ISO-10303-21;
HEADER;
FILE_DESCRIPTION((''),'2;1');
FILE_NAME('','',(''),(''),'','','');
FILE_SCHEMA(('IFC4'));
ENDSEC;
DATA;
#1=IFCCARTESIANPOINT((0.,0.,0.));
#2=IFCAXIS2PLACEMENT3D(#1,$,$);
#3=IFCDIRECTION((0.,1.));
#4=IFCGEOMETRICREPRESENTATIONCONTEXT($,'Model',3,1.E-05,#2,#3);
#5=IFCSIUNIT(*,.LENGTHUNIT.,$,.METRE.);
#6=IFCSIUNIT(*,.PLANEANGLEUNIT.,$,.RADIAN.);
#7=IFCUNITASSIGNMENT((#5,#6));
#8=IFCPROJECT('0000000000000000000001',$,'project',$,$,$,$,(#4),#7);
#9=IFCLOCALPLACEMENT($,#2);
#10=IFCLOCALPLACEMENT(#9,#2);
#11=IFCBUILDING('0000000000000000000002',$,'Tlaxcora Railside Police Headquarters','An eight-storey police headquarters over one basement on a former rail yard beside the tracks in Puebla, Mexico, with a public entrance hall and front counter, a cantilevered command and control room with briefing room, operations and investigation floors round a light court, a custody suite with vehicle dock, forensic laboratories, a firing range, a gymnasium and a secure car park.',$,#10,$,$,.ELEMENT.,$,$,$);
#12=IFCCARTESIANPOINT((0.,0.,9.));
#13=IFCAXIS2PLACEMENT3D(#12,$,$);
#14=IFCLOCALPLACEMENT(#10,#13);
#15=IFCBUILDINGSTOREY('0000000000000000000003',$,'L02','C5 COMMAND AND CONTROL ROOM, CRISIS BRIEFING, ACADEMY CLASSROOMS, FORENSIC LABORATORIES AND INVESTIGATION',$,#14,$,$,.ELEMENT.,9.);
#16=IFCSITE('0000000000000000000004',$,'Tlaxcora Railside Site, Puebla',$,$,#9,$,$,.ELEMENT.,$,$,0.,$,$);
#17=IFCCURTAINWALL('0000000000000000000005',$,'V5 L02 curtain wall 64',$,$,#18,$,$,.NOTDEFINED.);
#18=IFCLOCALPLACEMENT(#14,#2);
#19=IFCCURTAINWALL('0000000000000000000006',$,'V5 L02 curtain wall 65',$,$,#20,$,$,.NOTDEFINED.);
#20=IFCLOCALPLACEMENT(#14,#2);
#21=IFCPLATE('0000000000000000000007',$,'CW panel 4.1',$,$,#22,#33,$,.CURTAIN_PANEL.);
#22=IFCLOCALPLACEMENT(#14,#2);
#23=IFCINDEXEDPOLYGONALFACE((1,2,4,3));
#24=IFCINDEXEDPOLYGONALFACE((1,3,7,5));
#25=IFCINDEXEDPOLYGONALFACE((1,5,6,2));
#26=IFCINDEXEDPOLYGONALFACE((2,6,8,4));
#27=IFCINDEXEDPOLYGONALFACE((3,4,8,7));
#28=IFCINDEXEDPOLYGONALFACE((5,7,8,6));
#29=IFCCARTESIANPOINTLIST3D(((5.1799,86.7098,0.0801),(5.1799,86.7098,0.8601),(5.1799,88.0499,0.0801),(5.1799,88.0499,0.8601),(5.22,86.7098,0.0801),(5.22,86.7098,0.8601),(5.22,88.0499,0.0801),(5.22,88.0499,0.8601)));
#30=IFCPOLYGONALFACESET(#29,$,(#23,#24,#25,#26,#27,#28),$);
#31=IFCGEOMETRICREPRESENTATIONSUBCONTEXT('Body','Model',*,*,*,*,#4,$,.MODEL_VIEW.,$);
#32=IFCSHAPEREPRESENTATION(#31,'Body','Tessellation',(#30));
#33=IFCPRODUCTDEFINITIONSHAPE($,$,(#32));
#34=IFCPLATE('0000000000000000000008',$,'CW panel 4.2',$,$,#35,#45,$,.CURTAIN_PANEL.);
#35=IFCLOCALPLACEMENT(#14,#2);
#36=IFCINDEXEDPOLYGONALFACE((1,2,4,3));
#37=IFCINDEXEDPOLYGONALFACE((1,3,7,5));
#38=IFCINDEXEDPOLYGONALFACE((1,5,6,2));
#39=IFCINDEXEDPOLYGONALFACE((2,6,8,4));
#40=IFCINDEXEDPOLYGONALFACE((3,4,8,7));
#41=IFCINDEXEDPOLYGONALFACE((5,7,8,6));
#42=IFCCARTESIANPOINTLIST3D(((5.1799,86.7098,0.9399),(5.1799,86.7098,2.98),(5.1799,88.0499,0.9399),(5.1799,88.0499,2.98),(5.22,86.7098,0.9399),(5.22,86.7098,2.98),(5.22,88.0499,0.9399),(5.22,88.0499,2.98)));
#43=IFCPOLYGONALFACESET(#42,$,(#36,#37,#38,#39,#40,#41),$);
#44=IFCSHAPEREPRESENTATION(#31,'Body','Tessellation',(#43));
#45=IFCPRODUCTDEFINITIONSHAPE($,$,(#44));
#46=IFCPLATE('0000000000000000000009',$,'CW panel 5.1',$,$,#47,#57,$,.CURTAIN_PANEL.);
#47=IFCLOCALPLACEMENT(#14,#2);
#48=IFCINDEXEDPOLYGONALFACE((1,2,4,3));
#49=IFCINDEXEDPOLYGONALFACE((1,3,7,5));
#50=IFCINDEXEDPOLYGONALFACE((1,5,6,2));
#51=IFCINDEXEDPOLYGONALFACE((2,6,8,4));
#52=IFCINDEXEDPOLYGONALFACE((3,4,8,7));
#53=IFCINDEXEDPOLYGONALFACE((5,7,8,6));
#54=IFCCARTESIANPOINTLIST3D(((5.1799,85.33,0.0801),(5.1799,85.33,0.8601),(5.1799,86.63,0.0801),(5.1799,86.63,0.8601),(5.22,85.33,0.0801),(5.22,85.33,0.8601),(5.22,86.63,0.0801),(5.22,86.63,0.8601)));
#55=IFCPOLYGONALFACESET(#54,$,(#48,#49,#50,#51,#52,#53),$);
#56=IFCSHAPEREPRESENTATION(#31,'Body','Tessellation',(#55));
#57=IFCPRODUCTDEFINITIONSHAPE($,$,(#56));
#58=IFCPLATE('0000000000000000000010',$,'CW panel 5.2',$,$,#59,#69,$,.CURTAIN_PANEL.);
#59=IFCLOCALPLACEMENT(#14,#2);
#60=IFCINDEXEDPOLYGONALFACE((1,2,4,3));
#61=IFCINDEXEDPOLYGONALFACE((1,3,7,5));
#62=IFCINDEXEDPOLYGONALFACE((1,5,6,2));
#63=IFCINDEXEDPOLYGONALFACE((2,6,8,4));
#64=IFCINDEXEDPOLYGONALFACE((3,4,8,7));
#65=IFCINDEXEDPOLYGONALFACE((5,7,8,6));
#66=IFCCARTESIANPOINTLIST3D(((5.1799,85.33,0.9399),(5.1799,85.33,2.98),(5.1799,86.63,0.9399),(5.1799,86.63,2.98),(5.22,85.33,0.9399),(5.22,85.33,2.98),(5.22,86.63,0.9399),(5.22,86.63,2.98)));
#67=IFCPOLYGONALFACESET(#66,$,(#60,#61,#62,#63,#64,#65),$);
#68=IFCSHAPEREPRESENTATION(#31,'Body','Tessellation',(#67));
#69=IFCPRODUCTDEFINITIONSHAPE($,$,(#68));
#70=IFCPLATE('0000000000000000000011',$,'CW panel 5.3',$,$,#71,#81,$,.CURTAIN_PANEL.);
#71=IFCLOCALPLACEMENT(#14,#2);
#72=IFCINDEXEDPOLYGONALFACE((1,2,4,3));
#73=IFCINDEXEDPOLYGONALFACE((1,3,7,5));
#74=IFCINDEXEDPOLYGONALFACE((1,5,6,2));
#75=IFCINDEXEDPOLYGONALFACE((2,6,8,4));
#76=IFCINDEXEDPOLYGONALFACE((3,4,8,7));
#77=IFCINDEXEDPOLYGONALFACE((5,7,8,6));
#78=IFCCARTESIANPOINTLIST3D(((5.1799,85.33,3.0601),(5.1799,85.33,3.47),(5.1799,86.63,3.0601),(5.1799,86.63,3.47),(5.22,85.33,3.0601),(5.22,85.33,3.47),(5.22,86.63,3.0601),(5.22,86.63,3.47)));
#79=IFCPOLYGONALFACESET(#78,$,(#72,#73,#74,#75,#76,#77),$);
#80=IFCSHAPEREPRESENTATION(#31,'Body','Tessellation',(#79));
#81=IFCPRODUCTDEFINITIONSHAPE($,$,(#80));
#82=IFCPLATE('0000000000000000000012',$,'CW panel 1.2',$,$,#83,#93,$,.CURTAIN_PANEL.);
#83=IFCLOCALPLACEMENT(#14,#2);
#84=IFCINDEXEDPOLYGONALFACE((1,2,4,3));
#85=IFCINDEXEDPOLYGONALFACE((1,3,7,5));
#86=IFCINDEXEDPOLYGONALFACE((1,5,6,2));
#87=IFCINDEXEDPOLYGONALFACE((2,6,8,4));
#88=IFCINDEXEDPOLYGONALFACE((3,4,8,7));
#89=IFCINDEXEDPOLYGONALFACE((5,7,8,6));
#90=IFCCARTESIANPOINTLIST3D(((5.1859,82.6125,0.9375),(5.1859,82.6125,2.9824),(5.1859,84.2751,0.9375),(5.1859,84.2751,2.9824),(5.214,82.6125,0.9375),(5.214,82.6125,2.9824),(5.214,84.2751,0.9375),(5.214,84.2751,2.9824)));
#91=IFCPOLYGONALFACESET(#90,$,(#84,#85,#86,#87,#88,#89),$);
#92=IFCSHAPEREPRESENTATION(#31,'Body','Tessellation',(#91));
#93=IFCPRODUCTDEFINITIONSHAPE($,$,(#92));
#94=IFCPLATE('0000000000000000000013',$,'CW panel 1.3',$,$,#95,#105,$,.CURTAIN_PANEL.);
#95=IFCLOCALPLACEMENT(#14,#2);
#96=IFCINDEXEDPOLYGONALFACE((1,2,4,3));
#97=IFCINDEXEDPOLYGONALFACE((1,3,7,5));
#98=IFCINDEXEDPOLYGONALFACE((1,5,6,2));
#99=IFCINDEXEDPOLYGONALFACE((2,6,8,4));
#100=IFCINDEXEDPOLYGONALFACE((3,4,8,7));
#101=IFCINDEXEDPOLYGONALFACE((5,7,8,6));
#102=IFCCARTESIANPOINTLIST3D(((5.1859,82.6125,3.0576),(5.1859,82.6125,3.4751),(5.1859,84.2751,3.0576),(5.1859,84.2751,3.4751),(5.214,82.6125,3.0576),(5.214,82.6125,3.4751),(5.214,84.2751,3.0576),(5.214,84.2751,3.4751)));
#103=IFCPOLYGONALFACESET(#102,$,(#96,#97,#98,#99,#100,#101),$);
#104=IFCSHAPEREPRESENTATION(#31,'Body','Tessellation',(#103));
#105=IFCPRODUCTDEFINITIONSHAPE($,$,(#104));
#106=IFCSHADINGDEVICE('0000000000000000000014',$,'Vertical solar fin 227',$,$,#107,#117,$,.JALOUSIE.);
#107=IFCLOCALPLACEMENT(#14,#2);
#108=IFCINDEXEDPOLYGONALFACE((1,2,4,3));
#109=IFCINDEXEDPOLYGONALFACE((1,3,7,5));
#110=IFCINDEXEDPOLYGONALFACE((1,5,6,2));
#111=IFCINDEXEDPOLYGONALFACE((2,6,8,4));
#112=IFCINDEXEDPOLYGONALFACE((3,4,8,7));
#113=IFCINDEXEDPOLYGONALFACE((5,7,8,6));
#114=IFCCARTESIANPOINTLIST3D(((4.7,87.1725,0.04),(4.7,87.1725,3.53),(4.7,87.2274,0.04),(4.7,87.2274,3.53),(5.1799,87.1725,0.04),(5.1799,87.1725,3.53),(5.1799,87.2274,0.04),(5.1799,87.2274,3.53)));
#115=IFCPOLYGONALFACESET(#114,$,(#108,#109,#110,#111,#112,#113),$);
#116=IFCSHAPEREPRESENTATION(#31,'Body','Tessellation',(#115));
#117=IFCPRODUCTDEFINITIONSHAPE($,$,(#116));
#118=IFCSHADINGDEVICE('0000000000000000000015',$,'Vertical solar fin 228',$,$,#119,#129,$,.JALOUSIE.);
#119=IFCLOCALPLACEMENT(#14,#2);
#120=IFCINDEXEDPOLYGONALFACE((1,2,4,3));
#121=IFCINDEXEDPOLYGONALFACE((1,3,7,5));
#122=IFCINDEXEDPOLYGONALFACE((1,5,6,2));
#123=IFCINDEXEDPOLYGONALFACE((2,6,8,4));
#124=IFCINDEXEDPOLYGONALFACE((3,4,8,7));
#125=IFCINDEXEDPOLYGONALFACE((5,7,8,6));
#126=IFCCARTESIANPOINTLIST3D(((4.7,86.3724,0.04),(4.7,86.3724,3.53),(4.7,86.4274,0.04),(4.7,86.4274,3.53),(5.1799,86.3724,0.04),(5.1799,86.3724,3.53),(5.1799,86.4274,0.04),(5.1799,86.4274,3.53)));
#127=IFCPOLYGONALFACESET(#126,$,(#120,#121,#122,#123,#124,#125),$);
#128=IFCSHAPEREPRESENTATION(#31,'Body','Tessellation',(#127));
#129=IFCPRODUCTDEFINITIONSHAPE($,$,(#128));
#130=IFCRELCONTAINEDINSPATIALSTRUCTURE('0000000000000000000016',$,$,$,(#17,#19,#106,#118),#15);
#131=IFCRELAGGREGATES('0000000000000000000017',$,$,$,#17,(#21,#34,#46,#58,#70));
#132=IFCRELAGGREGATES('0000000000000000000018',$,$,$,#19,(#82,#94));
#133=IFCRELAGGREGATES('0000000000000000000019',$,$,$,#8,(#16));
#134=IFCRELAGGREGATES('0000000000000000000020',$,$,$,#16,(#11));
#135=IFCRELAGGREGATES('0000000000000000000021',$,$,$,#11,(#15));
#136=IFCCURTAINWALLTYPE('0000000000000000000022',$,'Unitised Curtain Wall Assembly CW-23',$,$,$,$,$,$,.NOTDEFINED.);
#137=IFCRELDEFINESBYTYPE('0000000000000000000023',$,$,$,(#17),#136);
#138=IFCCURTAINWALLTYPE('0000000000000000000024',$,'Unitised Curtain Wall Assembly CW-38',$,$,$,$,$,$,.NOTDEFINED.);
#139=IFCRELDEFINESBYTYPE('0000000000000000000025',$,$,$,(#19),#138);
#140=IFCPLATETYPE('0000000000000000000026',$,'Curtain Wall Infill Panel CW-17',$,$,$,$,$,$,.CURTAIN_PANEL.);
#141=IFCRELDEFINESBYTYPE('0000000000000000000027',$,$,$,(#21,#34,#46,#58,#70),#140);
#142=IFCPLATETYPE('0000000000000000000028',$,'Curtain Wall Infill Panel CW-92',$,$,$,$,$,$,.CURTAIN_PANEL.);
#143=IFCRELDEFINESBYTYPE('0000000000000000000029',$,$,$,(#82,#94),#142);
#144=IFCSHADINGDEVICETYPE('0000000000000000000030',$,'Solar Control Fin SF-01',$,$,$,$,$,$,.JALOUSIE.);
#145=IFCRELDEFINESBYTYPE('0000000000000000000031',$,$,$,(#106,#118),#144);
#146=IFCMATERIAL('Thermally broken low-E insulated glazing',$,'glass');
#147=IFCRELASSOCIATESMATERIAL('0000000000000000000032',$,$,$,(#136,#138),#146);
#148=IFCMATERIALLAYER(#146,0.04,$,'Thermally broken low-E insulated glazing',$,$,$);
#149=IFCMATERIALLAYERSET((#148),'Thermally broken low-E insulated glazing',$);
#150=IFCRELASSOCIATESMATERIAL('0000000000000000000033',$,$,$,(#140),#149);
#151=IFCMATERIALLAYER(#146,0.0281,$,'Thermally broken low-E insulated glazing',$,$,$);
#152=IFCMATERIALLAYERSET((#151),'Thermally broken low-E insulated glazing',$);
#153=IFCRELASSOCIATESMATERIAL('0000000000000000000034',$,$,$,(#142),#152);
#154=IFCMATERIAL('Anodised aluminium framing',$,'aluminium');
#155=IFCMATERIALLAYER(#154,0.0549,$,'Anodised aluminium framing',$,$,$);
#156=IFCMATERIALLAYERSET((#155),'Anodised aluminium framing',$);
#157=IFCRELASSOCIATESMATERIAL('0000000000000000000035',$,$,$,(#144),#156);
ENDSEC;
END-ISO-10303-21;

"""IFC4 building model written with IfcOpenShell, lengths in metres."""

from ifc_helpers import new_model, si_unit, direction, frame, origin, origin_2d, place, context, subcontext, project, spatial, rectangle, extrude, material, layer, layer_set, type_object, element, aggregate, save


model = new_model("IFC4")

# Units and contexts
model_context = context("Model", 3, precision=1e-05, world=origin(), true_north=direction((0.0, 1.0)))
body_context = subcontext(model_context, "Body", "Model", "MODEL_VIEW")
ifc_project = project(units=[si_unit("LENGTHUNIT", "METRE"), si_unit("PLANEANGLEUNIT", "RADIAN")], contexts=[model_context])

# Site, building, storey
site_placement = place(None, origin())
site = spatial("IfcSite", under=ifc_project, at=site_placement, Name="Tlaxcora Railside Site, Puebla", CompositionType="ELEMENT", RefElevation=0.0)
building_placement = place(site_placement, origin())
building = spatial("IfcBuilding", under=site, at=building_placement, Name="Tlaxcora Railside Police Headquarters", Description="An eight-storey police headquarters over one basement on a former rail yard beside the tracks in Puebla, Mexico, with a public entrance hall and front counter, a cantilevered command and control room with briefing room, operations and investigation floors round a light court, a custody suite with vehicle dock, forensic laboratories, a firing range, a gymnasium and a secure car park.", CompositionType="ELEMENT")
storey_placement = place(building_placement, frame((0.0, 0.0, 9.0)))
storey = spatial("IfcBuildingStorey", under=building, at=storey_placement, Name="L02", Description="C5 COMMAND AND CONTROL ROOM, CRISIS BRIEFING, ACADEMY CLASSROOMS, FORENSIC LABORATORIES AND INVESTIGATION", CompositionType="ELEMENT", Elevation=9.0)

# Curtain walls
ifc_material_1 = material(Name="Thermally broken low-E insulated glazing", Category="glass")
curtain_wall_type_1 = type_object("IfcCurtainWallType", Name="Unitised Curtain Wall Assembly CW-23", PredefinedType="NOTDEFINED", material=ifc_material_1)
curtain_wall_1_placement = place(storey_placement, origin())
curtain_wall_1 = element("IfcCurtainWall", 1, at=curtain_wall_1_placement, inside=storey, type_object=curtain_wall_type_1, Name="V5 L02 curtain wall 64", PredefinedType="NOTDEFINED")
ifc_material_2 = material(Name="Anodised aluminium framing", Category="aluminium")
curtain_wall_type_2 = type_object("IfcCurtainWallType", Name="Unitised Curtain Wall Assembly CW-38", PredefinedType="NOTDEFINED", material=ifc_material_1)
curtain_wall_2_placement = place(storey_placement, origin())
curtain_wall_2 = element("IfcCurtainWall", 2, at=curtain_wall_2_placement, inside=storey, type_object=curtain_wall_type_2, Name="V5 L02 curtain wall 65", PredefinedType="NOTDEFINED")

# Plates
ifc_layer_1 = layer(ifc_material_1, 0.04, Name="Thermally broken low-E insulated glazing")
ifc_layer_set_1 = layer_set([ifc_layer_1], Name="Thermally broken low-E insulated glazing")
plate_type_1 = type_object("IfcPlateType", Name="Curtain Wall Infill Panel CW-17", PredefinedType="CURTAIN_PANEL", material=ifc_layer_set_1)
plate_1_placement = place(storey_placement, frame((5.2, 87.3799, 0.0801), z_axis=(0.0, 0.0, 1.0), x_axis=(0.0, -1.0, 0.0)))
plate_1 = element("IfcPlate", 3, at=plate_1_placement, type_object=plate_type_1, Name="CW panel 4.1", PredefinedType="CURTAIN_PANEL", context=body_context, shape_type="SweptSolid", body=[
    extrude(rectangle(XDim=1.3401, YDim=0.04, at=origin_2d()), origin(), (0.0, 0.0, 1.0), 0.78),
])
plate_2_placement = place(storey_placement, frame((5.2, 87.3799, 0.9399), z_axis=(0.0, 0.0, 1.0), x_axis=(0.0, -1.0, 0.0)))
plate_2 = element("IfcPlate", 4, at=plate_2_placement, type_object=plate_type_1, Name="CW panel 4.2", PredefinedType="CURTAIN_PANEL", context=body_context, shape_type="SweptSolid", body=[
    extrude(rectangle(XDim=1.3401, YDim=0.04, at=origin_2d()), origin(), (0.0, 0.0, 1.0), 2.04),
])
plate_3_placement = place(storey_placement, frame((5.2, 85.98, 0.0801), z_axis=(0.0, 0.0, 1.0), x_axis=(0.0, -1.0, 0.0)))
plate_3 = element("IfcPlate", 5, at=plate_3_placement, type_object=plate_type_1, Name="CW panel 5.1", PredefinedType="CURTAIN_PANEL", context=body_context, shape_type="SweptSolid", body=[
    extrude(rectangle(XDim=1.3, YDim=0.04, at=origin_2d()), origin(), (0.0, 0.0, 1.0), 0.78),
])
plate_4_placement = place(storey_placement, frame((5.2, 85.98, 0.9399), z_axis=(0.0, 0.0, 1.0), x_axis=(0.0, -1.0, 0.0)))
plate_4 = element("IfcPlate", 6, at=plate_4_placement, type_object=plate_type_1, Name="CW panel 5.2", PredefinedType="CURTAIN_PANEL", context=body_context, shape_type="SweptSolid", body=[
    extrude(rectangle(XDim=1.3, YDim=0.04, at=origin_2d()), origin(), (0.0, 0.0, 1.0), 2.04),
])
plate_5_placement = place(storey_placement, frame((5.2, 85.98, 3.0601), z_axis=(0.0, 0.0, 1.0), x_axis=(0.0, -1.0, 0.0)))
plate_5 = element("IfcPlate", 7, at=plate_5_placement, type_object=plate_type_1, Name="CW panel 5.3", PredefinedType="CURTAIN_PANEL", context=body_context, shape_type="SweptSolid", body=[
    extrude(rectangle(XDim=1.3, YDim=0.04, at=origin_2d()), origin(), (0.0, 0.0, 1.0), 0.4099),
])
aggregate(curtain_wall_1, [plate_1, plate_2, plate_3, plate_4, plate_5])
ifc_layer_2 = layer(ifc_material_1, 0.0281, Name="Thermally broken low-E insulated glazing")
ifc_layer_set_2 = layer_set([ifc_layer_2], Name="Thermally broken low-E insulated glazing")
plate_type_2 = type_object("IfcPlateType", Name="Curtain Wall Infill Panel CW-92", PredefinedType="CURTAIN_PANEL", material=ifc_layer_set_2)
plate_6_placement = place(storey_placement, frame((5.2, 83.4438, 0.9375), z_axis=(0.0, 0.0, 1.0), x_axis=(0.0, -1.0, 0.0)))
plate_6 = element("IfcPlate", 8, at=plate_6_placement, type_object=plate_type_2, Name="CW panel 1.2", PredefinedType="CURTAIN_PANEL", context=body_context, shape_type="SweptSolid", body=[
    extrude(rectangle(XDim=1.6626, YDim=0.0281, at=origin_2d()), origin(), (0.0, 0.0, 1.0), 2.0449),
])
plate_7_placement = place(storey_placement, frame((5.2, 83.4438, 3.0576), z_axis=(0.0, 0.0, 1.0), x_axis=(0.0, -1.0, 0.0)))
plate_7 = element("IfcPlate", 9, at=plate_7_placement, type_object=plate_type_2, Name="CW panel 1.3", PredefinedType="CURTAIN_PANEL", context=body_context, shape_type="SweptSolid", body=[
    extrude(rectangle(XDim=1.6626, YDim=0.0281, at=origin_2d()), origin(), (0.0, 0.0, 1.0), 0.4175),
])
aggregate(curtain_wall_2, [plate_6, plate_7])

# Shading devices
ifc_layer_3 = layer(ifc_material_2, 0.0549, Name="Anodised aluminium framing")
ifc_layer_set_3 = layer_set([ifc_layer_3], Name="Anodised aluminium framing")
shading_device_type = type_object("IfcShadingDeviceType", Name="Solar Control Fin SF-01", PredefinedType="JALOUSIE", material=ifc_layer_set_3)
for number, where, z_axis, x_axis, name in (
    (10, (4.9399, 87.2, 0.04), (0.0, 0.0, 1.0), (-1.0, 0.0, 0.0), "Vertical solar fin 227"),
    (11, (4.9399, 86.3999, 0.04), (0.0, 0.0, 1.0), (-1.0, 0.0, 0.0), "Vertical solar fin 228"),
):
    element("IfcShadingDevice", number, at=place(storey_placement, frame(where, z_axis=z_axis, x_axis=x_axis)), inside=storey, type_object=shading_device_type, Name=name, PredefinedType="JALOUSIE", context=body_context, shape_type="SweptSolid", body=[
        extrude(rectangle(XDim=0.48, YDim=0.0549, at=origin_2d()), origin(), (0.0, 0.0, 1.0), 3.49),
    ])

save(model, "model.ifc")
